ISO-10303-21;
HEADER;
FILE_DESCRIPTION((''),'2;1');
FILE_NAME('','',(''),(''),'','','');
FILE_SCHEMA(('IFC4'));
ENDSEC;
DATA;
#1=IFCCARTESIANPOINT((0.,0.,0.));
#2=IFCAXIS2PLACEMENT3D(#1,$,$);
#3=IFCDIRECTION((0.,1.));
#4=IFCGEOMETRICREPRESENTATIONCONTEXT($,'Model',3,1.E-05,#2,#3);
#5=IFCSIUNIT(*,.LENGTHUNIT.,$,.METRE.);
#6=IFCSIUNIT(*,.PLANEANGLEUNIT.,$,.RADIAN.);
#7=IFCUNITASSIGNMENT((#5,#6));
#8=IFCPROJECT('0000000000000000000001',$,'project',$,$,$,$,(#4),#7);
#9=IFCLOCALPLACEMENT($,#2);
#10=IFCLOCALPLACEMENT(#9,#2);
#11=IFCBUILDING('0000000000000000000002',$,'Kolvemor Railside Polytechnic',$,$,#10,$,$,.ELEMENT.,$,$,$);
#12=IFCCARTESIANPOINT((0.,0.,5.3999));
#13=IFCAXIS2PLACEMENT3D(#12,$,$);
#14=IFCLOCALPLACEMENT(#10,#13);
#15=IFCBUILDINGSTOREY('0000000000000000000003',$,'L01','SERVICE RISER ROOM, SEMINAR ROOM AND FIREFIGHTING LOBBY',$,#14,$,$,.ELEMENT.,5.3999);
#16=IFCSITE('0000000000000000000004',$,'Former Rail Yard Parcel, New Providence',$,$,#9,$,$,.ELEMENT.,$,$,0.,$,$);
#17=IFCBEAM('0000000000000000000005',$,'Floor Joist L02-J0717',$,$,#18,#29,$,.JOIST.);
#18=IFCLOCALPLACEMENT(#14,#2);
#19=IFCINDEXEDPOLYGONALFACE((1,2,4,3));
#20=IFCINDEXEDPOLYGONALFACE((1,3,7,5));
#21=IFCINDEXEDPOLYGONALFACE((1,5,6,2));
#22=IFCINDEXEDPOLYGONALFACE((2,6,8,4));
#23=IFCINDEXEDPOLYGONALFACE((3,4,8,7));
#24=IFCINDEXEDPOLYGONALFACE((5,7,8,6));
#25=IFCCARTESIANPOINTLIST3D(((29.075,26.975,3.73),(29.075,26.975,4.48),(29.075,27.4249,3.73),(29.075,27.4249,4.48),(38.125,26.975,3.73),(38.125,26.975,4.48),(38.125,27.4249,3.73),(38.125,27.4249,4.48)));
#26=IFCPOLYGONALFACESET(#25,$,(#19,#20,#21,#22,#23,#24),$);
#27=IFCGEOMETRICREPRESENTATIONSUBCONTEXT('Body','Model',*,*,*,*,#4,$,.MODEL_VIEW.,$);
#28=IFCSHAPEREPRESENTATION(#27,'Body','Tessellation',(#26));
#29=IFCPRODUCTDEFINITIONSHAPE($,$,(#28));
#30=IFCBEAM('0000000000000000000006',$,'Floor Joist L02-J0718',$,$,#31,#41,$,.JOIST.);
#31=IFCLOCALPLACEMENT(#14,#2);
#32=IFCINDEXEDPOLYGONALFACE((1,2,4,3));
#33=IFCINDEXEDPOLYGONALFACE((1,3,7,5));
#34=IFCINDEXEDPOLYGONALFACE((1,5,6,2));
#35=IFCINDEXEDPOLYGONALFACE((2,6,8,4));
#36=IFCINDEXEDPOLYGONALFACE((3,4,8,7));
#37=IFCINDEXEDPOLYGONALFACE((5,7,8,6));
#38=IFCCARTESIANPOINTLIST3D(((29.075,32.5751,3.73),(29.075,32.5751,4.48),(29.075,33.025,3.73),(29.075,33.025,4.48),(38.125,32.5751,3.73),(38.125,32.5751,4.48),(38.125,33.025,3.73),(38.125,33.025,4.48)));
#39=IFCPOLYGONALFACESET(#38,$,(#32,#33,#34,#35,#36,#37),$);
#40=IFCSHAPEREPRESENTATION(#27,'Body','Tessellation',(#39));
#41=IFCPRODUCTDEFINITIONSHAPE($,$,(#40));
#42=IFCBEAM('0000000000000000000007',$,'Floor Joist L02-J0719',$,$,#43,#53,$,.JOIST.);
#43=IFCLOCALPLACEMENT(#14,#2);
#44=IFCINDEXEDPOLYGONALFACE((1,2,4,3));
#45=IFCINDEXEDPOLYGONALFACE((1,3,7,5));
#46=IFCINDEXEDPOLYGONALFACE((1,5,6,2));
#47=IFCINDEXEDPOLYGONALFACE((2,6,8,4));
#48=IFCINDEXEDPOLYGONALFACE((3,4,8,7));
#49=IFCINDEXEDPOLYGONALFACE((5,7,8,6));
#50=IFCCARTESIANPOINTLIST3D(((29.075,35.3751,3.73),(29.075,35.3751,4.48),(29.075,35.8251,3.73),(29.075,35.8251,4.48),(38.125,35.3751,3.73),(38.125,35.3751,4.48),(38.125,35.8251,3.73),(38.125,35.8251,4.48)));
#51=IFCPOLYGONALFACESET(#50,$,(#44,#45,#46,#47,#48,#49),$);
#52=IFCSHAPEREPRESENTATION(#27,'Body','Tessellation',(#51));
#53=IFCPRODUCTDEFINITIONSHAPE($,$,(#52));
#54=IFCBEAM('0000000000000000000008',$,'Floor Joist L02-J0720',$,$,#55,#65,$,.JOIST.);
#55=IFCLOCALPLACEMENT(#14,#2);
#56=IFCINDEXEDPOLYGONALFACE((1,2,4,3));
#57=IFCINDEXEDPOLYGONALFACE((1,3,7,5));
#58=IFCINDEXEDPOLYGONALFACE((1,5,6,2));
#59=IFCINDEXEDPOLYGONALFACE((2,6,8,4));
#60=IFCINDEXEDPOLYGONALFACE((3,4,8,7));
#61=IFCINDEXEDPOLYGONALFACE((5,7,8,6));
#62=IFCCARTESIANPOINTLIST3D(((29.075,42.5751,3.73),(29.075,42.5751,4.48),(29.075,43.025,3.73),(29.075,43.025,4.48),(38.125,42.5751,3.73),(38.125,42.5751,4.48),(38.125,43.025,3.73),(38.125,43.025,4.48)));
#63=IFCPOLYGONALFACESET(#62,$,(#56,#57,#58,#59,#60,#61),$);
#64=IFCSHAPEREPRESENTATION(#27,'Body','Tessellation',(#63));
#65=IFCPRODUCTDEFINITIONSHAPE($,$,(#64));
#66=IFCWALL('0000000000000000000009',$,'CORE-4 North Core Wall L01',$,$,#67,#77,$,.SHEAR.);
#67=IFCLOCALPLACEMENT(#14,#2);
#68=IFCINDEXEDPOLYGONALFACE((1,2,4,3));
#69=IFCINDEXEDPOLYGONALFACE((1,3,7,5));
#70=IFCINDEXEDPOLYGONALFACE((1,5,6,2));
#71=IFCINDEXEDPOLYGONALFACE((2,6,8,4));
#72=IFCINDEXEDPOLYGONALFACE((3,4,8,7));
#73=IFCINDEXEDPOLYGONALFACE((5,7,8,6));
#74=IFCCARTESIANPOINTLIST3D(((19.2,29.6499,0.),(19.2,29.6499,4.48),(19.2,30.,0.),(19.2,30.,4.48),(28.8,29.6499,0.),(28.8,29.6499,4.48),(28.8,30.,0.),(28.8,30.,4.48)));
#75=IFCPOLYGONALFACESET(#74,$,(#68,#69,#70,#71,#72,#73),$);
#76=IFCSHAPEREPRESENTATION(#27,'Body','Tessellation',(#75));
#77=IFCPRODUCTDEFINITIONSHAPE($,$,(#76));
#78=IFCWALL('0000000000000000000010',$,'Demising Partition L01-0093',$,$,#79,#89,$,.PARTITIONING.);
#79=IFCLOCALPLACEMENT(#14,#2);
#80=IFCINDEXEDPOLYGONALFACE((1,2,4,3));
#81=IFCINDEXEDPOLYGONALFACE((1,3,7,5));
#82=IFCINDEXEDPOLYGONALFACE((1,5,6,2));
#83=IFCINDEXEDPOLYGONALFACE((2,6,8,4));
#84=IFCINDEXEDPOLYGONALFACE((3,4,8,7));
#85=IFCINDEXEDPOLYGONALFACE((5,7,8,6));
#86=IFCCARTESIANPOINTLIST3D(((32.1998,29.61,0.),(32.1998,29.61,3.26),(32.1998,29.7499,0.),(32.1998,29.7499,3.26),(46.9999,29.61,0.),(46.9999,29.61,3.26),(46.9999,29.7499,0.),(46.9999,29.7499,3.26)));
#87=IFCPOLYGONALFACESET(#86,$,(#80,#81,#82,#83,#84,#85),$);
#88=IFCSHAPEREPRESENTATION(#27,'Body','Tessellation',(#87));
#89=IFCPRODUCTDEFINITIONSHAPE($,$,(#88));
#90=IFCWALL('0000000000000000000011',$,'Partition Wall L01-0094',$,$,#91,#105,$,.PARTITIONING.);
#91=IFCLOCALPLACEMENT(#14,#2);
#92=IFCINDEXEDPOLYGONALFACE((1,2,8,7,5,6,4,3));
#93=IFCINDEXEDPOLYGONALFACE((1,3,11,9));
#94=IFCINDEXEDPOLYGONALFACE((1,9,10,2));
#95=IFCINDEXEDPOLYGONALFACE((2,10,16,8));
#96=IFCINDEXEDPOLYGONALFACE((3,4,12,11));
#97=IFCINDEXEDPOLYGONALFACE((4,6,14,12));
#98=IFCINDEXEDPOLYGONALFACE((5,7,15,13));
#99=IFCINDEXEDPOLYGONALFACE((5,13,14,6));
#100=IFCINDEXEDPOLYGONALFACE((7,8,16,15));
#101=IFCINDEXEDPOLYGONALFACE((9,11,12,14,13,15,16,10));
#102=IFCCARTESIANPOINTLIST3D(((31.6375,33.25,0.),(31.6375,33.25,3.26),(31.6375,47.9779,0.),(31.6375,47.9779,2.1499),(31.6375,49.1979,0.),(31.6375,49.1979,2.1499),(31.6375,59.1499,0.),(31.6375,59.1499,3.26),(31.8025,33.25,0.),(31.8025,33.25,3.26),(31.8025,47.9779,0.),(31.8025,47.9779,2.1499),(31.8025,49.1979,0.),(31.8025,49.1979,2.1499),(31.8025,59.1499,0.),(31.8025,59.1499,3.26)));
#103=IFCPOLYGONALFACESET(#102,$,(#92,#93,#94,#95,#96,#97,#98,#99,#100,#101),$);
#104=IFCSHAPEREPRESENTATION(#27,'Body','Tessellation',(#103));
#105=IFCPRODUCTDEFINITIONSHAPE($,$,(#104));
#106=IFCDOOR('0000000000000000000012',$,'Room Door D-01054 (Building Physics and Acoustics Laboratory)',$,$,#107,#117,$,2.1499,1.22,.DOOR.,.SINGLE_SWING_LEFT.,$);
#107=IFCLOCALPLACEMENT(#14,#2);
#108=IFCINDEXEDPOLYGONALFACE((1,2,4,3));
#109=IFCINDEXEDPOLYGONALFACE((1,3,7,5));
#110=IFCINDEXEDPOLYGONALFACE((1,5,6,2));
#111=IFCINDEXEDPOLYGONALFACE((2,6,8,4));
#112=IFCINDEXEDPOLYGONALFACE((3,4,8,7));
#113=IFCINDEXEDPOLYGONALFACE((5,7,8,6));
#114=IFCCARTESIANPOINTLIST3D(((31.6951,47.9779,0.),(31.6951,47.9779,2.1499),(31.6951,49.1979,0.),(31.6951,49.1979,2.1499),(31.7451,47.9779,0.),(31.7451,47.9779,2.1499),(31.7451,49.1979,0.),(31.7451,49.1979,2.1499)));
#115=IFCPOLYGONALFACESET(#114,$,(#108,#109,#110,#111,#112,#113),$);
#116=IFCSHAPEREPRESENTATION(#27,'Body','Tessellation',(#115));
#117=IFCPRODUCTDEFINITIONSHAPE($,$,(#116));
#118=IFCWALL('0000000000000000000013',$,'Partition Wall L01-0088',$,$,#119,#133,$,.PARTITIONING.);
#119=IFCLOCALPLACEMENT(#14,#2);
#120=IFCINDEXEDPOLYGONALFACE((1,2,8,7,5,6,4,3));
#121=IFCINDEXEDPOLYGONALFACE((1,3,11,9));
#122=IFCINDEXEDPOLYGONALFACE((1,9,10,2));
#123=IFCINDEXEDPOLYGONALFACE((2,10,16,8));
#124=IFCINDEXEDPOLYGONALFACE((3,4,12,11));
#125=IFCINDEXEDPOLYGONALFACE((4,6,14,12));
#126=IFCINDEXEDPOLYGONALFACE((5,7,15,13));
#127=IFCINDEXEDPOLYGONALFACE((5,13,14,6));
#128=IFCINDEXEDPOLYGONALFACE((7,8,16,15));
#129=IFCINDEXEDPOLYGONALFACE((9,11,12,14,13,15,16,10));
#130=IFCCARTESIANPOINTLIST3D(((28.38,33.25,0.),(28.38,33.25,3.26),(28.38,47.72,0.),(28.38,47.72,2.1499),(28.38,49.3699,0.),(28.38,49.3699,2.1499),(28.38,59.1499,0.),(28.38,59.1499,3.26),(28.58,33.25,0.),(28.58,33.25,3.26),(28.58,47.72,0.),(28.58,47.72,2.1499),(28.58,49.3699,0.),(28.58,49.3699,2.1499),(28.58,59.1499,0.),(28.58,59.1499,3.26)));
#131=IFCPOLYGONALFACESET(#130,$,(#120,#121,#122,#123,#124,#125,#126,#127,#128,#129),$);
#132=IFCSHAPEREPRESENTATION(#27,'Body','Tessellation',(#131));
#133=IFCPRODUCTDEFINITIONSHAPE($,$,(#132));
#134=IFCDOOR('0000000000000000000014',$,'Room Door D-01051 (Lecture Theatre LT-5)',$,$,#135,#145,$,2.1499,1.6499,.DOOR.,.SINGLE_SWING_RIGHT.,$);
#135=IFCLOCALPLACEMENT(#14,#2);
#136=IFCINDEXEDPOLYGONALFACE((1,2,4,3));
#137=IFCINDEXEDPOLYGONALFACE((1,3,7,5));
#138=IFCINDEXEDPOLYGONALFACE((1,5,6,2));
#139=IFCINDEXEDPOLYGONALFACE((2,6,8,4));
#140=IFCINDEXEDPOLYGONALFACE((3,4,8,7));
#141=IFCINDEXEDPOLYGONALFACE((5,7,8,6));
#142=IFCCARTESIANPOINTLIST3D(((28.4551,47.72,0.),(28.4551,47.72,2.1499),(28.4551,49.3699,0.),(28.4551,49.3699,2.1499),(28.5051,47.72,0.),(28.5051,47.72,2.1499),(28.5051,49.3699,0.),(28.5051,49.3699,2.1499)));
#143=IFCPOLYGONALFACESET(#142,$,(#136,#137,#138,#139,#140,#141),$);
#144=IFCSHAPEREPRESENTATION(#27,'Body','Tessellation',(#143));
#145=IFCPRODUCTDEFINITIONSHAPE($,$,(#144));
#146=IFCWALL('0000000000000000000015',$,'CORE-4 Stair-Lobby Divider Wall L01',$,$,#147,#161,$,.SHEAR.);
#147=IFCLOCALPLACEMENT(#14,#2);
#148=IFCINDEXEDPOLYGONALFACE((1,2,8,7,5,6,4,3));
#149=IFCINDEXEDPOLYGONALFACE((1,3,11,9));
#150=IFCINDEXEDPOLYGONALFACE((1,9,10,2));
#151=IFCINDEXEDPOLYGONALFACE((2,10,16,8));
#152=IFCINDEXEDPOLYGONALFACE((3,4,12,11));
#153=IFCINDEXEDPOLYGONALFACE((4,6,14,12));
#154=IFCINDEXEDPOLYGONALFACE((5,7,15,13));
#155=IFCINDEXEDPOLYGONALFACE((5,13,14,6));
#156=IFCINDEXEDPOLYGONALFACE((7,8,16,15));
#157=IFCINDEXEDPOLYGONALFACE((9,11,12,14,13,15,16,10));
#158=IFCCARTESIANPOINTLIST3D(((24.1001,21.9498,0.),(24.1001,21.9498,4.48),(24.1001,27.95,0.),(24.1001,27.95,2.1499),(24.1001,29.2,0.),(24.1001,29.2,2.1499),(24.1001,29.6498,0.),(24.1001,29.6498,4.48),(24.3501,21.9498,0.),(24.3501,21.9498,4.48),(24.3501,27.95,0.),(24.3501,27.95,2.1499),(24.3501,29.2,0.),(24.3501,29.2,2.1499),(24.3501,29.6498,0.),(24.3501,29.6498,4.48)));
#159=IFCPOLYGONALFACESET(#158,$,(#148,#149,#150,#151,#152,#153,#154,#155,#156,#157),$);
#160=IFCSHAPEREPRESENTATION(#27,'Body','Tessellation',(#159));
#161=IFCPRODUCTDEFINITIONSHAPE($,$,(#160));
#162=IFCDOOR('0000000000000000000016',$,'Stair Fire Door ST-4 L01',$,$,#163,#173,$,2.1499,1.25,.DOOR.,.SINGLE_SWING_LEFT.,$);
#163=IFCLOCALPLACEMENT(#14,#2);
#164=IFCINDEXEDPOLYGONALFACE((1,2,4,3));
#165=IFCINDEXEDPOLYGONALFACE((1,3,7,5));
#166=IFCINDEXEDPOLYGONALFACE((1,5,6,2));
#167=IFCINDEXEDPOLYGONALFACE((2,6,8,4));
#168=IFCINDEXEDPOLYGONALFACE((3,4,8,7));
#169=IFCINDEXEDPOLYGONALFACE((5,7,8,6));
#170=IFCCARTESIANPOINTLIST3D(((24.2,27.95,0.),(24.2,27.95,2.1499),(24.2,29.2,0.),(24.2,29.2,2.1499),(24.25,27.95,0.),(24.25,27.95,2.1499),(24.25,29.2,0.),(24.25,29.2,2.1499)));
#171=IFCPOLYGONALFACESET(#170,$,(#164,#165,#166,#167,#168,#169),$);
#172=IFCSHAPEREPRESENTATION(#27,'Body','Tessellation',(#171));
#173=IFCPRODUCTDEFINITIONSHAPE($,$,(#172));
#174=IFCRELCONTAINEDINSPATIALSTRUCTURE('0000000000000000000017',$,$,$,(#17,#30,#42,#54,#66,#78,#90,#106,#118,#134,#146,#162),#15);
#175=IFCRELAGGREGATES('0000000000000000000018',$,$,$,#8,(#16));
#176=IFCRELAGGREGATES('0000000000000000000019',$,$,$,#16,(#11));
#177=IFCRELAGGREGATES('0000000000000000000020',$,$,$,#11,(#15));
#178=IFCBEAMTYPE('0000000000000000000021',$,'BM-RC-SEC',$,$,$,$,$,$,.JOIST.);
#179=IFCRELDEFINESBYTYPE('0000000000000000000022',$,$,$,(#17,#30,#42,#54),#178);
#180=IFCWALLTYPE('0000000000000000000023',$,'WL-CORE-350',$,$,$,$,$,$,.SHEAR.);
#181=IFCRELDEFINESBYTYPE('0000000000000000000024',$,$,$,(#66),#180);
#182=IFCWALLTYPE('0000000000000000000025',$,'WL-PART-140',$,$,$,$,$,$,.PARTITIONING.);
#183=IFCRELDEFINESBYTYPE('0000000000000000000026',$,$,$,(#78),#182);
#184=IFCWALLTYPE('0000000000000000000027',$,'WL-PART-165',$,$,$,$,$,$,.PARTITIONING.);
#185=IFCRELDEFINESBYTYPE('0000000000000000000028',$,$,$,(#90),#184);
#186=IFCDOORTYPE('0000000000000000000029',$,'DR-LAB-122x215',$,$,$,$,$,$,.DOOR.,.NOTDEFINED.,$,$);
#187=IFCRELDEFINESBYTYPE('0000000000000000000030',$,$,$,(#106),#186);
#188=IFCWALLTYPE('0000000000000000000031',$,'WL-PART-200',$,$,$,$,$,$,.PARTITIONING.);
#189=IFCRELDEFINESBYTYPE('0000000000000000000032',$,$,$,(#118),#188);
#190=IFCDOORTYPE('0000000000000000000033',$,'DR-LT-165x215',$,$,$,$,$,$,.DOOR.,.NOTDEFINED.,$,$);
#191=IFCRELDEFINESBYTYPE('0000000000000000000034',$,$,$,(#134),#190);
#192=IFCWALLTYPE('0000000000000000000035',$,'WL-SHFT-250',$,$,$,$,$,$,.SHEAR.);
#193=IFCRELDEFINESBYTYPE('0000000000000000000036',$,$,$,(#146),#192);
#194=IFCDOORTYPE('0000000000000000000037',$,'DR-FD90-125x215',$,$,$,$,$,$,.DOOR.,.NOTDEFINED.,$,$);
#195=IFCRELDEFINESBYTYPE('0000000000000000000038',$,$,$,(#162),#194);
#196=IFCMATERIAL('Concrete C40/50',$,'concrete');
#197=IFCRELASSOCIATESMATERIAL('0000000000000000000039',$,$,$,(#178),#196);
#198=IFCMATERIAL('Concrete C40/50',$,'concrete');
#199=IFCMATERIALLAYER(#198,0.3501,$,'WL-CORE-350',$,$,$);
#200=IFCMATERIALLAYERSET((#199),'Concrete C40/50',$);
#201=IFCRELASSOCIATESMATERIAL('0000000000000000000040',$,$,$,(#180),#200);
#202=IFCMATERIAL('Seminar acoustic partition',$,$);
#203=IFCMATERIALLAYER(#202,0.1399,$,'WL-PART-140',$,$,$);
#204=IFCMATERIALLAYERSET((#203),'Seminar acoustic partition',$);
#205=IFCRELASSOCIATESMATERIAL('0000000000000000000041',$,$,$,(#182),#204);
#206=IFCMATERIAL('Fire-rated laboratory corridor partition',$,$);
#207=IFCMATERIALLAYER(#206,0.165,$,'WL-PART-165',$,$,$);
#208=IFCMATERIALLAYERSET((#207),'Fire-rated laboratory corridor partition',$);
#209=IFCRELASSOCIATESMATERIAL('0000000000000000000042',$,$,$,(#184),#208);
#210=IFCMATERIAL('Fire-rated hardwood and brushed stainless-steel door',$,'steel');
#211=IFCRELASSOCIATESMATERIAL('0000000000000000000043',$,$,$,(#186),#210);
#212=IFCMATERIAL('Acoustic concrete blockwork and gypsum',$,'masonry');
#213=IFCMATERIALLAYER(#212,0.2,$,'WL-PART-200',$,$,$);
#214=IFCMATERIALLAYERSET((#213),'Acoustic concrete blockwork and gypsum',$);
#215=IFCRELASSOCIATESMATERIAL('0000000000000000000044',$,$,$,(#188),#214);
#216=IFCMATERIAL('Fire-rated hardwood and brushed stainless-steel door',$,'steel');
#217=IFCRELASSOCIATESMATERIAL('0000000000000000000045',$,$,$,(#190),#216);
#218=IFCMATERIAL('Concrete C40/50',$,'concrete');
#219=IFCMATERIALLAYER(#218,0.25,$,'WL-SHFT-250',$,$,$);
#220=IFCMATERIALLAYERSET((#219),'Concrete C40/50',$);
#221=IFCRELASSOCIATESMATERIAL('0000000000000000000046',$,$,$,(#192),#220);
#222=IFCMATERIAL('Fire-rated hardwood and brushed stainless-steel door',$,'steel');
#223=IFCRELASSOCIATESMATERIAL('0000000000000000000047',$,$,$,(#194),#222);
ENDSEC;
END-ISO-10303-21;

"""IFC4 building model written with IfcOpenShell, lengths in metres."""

from ifc_helpers import new_model, si_unit, direction, frame, frame_2d, origin, origin_2d, place, context, subcontext, project, spatial, rectangle, extrude, material, layer, layer_set, material_profile, profile_set, type_object, element, fill, save


model = new_model("IFC4")

# Units and contexts
model_context = context("Model", 3, precision=1e-05, world=origin(), true_north=direction((0.0, 1.0)))
body_context = subcontext(model_context, "Body", "Model", "MODEL_VIEW")
ifc_project = project(units=[si_unit("LENGTHUNIT", "METRE"), si_unit("PLANEANGLEUNIT", "RADIAN")], contexts=[model_context])

# Site, building, storey
site_placement = place(None, origin())
site = spatial("IfcSite", under=ifc_project, at=site_placement, Name="Former Rail Yard Parcel, New Providence", CompositionType="ELEMENT", RefElevation=0.0)
building_placement = place(site_placement, origin())
building = spatial("IfcBuilding", under=site, at=building_placement, Name="Kolvemor Railside Polytechnic", CompositionType="ELEMENT")
storey_placement = place(building_placement, frame((0.0, 0.0, 5.3999)))
storey = spatial("IfcBuildingStorey", under=building, at=storey_placement, Name="L01", Description="SERVICE RISER ROOM, SEMINAR ROOM AND FIREFIGHTING LOBBY", CompositionType="ELEMENT", Elevation=5.3999)

# Beams
ifc_material_1 = material(Name="Concrete C40/50", Category="concrete")
ifc_material_profile_1 = material_profile(ifc_material_1, rectangle(XDim=0.45, YDim=0.75, at=origin_2d()), Name="RC450x750")
ifc_profile_set_1 = profile_set([ifc_material_profile_1], Name="Concrete C40/50")
beam_type_1 = type_object("IfcBeamType", Name="BM-RC-SEC", PredefinedType="JOIST", material=ifc_profile_set_1)
for number, where, z_axis, x_axis, name in (
    (1, (29.075, 27.2, 4.105), (1.0, 0.0, 0.0), (0.0, 1.0, 0.0), "Floor Joist L02-J0717"),
    (2, (29.075, 32.8, 4.105), (1.0, 0.0, 0.0), (0.0, 1.0, 0.0), "Floor Joist L02-J0718"),
    (3, (29.075, 35.6001, 4.105), (1.0, 0.0, 0.0), (0.0, 1.0, 0.0), "Floor Joist L02-J0719"),
    (4, (29.075, 42.8, 4.105), (1.0, 0.0, 0.0), (0.0, 1.0, 0.0), "Floor Joist L02-J0720"),
):
    element("IfcBeam", number, at=place(storey_placement, frame(where, z_axis=z_axis, x_axis=x_axis)), inside=storey, type_object=beam_type_1, Name=name, PredefinedType="JOIST", context=body_context, shape_type="SweptSolid", body=[
        extrude(rectangle(XDim=0.45, YDim=0.75, at=origin_2d()), origin(), (0.0, 0.0, 1.0), 9.05),
    ])

# Walls
ifc_material_2 = material(Name="Concrete C40/50", Category="concrete")
ifc_layer_1 = layer(ifc_material_2, 0.3501, Name="WL-CORE-350")
ifc_layer_set_1 = layer_set([ifc_layer_1], Name="Concrete C40/50")
wall_type_1 = type_object("IfcWallType", Name="WL-CORE-350", PredefinedType="SHEAR", material=ifc_layer_set_1)
wall_1_placement = place(storey_placement, frame((19.2, 29.825, 0.0), z_axis=(0.0, 0.0, 1.0), x_axis=(1.0, 0.0, 0.0)))
element("IfcWall", 5, at=wall_1_placement, inside=storey, type_object=wall_type_1, Name="CORE-4 North Core Wall L01", PredefinedType="SHEAR", context=body_context, shape_type="SweptSolid", body=[
    extrude(rectangle(XDim=9.6001, YDim=0.3501, at=frame_2d((4.8, 0.0))), origin(), (0.0, 0.0, 1.0), 4.48),
])
ifc_material_3 = material(Name="Seminar acoustic partition")
ifc_layer_2 = layer(ifc_material_3, 0.1399, Name="WL-PART-140")
ifc_layer_set_2 = layer_set([ifc_layer_2], Name="Seminar acoustic partition")
wall_type_2 = type_object("IfcWallType", Name="WL-PART-140", PredefinedType="PARTITIONING", material=ifc_layer_set_2)
wall_2_placement = place(storey_placement, frame((32.2, 29.6799, 0.0), z_axis=(0.0, 0.0, 1.0), x_axis=(1.0, 0.0, 0.0)))
element("IfcWall", 6, at=wall_2_placement, inside=storey, type_object=wall_type_2, Name="Demising Partition L01-0093", PredefinedType="PARTITIONING", context=body_context, shape_type="SweptSolid", body=[
    extrude(rectangle(XDim=14.8, YDim=0.1399, at=frame_2d((7.3999, 0.0))), origin(), (0.0, 0.0, 1.0), 3.26),
])

# Walls, openings, doors
ifc_material_4 = material(Name="Fire-rated laboratory corridor partition")
ifc_layer_3 = layer(ifc_material_4, 0.165, Name="WL-PART-165")
ifc_layer_set_3 = layer_set([ifc_layer_3], Name="Fire-rated laboratory corridor partition")
wall_type_3 = type_object("IfcWallType", Name="WL-PART-165", PredefinedType="PARTITIONING", material=ifc_layer_set_3)
wall_3_placement = place(storey_placement, frame((31.72, 33.25, 0.0), z_axis=(0.0, 0.0, 1.0), x_axis=(0.0, 1.0, 0.0)))
wall_3 = element("IfcWall", 7, at=wall_3_placement, inside=storey, type_object=wall_type_3, Name="Partition Wall L01-0094", PredefinedType="PARTITIONING", context=body_context, shape_type="SweptSolid", body=[
    extrude(rectangle(XDim=25.8999, YDim=0.165, at=frame_2d((12.95, 0.0))), origin(), (0.0, 0.0, 1.0), 3.26),
])
opening_1_placement = place(wall_3_placement, frame((14.728, 0.0, 0.0)))
opening_1 = element("IfcOpeningElement", 8, at=opening_1_placement, cuts=wall_3, PredefinedType="OPENING", context=body_context, shape_type="SweptSolid", body=[
    extrude(rectangle(XDim=1.22, YDim=2.1499, at=frame_2d((0.6099, 1.075))), frame((0.0, 0.0925, 0.0), z_axis=(0.0, -1.0, 0.0), x_axis=(1.0, 0.0, 0.0)), (0.0, 0.0, 1.0), 0.1851),
])
ifc_material_5 = material(Name="Fire-rated hardwood and brushed stainless-steel door", Category="steel")
door_type_1 = type_object("IfcDoorType", Name="DR-LAB-122x215", OperationType="NOTDEFINED", PredefinedType="DOOR", material=ifc_material_5)
door_1_placement = place(opening_1_placement, origin())
door_1 = element("IfcDoor", 9, at=door_1_placement, inside=storey, type_object=door_type_1, Name="Room Door D-01054 (Building Physics and Acoustics Laboratory)", OperationType="SINGLE_SWING_LEFT", OverallHeight=2.1499, OverallWidth=1.22, PredefinedType="DOOR", context=body_context, shape_type="SweptSolid", body=[
    extrude(rectangle(XDim=1.22, YDim=2.1499, at=frame_2d((0.6099, 1.075))), frame((0.0, 0.0249, 0.0), z_axis=(0.0, -1.0, 0.0), x_axis=(1.0, 0.0, 0.0)), (0.0, 0.0, 1.0), 0.05),
])
fill(opening_1, door_1)
ifc_material_6 = material(Name="Acoustic concrete blockwork and gypsum", Category="masonry")
ifc_layer_4 = layer(ifc_material_6, 0.2, Name="WL-PART-200")
ifc_layer_set_4 = layer_set([ifc_layer_4], Name="Acoustic concrete blockwork and gypsum")
wall_type_4 = type_object("IfcWallType", Name="WL-PART-200", PredefinedType="PARTITIONING", material=ifc_layer_set_4)
wall_4_placement = place(storey_placement, frame((28.48, 33.25, 0.0), z_axis=(0.0, 0.0, 1.0), x_axis=(0.0, 1.0, 0.0)))
wall_4 = element("IfcWall", 10, at=wall_4_placement, inside=storey, type_object=wall_type_4, Name="Partition Wall L01-0088", PredefinedType="PARTITIONING", context=body_context, shape_type="SweptSolid", body=[
    extrude(rectangle(XDim=25.8999, YDim=0.2, at=frame_2d((12.95, 0.0))), origin(), (0.0, 0.0, 1.0), 3.26),
])
opening_2_placement = place(wall_4_placement, frame((14.47, 0.0, 0.0)))
opening_2 = element("IfcOpeningElement", 11, at=opening_2_placement, cuts=wall_4, PredefinedType="OPENING", context=body_context, shape_type="SweptSolid", body=[
    extrude(rectangle(XDim=1.6499, YDim=2.1499, at=frame_2d((0.825, 1.075))), frame((0.0, 0.1099, 0.0), z_axis=(0.0, -1.0, 0.0), x_axis=(1.0, 0.0, 0.0)), (0.0, 0.0, 1.0), 0.22),
])
ifc_material_7 = material(Name="Fire-rated hardwood and brushed stainless-steel door", Category="steel")
door_type_2 = type_object("IfcDoorType", Name="DR-LT-165x215", OperationType="NOTDEFINED", PredefinedType="DOOR", material=ifc_material_7)
door_2_placement = place(opening_2_placement, origin())
door_2 = element("IfcDoor", 12, at=door_2_placement, inside=storey, type_object=door_type_2, Name="Room Door D-01051 (Lecture Theatre LT-5)", OperationType="SINGLE_SWING_RIGHT", OverallHeight=2.1499, OverallWidth=1.6499, PredefinedType="DOOR", context=body_context, shape_type="SweptSolid", body=[
    extrude(rectangle(XDim=1.6499, YDim=2.1499, at=frame_2d((0.825, 1.075))), frame((0.0, 0.0249, 0.0), z_axis=(0.0, -1.0, 0.0), x_axis=(1.0, 0.0, 0.0)), (0.0, 0.0, 1.0), 0.05),
])
fill(opening_2, door_2)
ifc_material_8 = material(Name="Concrete C40/50", Category="concrete")
ifc_layer_5 = layer(ifc_material_8, 0.25, Name="WL-SHFT-250")
ifc_layer_set_5 = layer_set([ifc_layer_5], Name="Concrete C40/50")
wall_type_5 = type_object("IfcWallType", Name="WL-SHFT-250", PredefinedType="SHEAR", material=ifc_layer_set_5)
wall_5_placement = place(storey_placement, frame((24.2251, 29.6499, 0.0), z_axis=(0.0, 0.0, 1.0), x_axis=(0.0, -1.0, 0.0)))
wall_5 = element("IfcWall", 13, at=wall_5_placement, inside=storey, type_object=wall_type_5, Name="CORE-4 Stair-Lobby Divider Wall L01", PredefinedType="SHEAR", context=body_context, shape_type="SweptSolid", body=[
    extrude(rectangle(XDim=7.7, YDim=0.25, at=frame_2d((3.8501, 0.0))), origin(), (0.0, 0.0, 1.0), 4.48),
])
opening_3_placement = place(wall_5_placement, frame((0.45, 0.0, 0.0)))
opening_3 = element("IfcOpeningElement", 14, at=opening_3_placement, cuts=wall_5, PredefinedType="OPENING", context=body_context, shape_type="SweptSolid", body=[
    extrude(rectangle(XDim=1.25, YDim=2.1499, at=frame_2d((0.625, 1.075))), frame((0.0, 0.135, 0.0), z_axis=(0.0, -1.0, 0.0), x_axis=(1.0, 0.0, 0.0)), (0.0, 0.0, 1.0), 0.27),
])
ifc_material_9 = material(Name="Fire-rated hardwood and brushed stainless-steel door", Category="steel")
door_type_3 = type_object("IfcDoorType", Name="DR-FD90-125x215", OperationType="NOTDEFINED", PredefinedType="DOOR", material=ifc_material_9)
door_3_placement = place(opening_3_placement, origin())
door_3 = element("IfcDoor", 15, at=door_3_placement, inside=storey, type_object=door_type_3, Name="Stair Fire Door ST-4 L01", OperationType="SINGLE_SWING_LEFT", OverallHeight=2.1499, OverallWidth=1.25, PredefinedType="DOOR", context=body_context, shape_type="SweptSolid", body=[
    extrude(rectangle(XDim=1.25, YDim=2.1499, at=frame_2d((0.625, 1.075))), frame((0.0, 0.0249, 0.0), z_axis=(0.0, -1.0, 0.0), x_axis=(1.0, 0.0, 0.0)), (0.0, 0.0, 1.0), 0.05),
])
fill(opening_3, door_3)

save(model, "model.ifc")
